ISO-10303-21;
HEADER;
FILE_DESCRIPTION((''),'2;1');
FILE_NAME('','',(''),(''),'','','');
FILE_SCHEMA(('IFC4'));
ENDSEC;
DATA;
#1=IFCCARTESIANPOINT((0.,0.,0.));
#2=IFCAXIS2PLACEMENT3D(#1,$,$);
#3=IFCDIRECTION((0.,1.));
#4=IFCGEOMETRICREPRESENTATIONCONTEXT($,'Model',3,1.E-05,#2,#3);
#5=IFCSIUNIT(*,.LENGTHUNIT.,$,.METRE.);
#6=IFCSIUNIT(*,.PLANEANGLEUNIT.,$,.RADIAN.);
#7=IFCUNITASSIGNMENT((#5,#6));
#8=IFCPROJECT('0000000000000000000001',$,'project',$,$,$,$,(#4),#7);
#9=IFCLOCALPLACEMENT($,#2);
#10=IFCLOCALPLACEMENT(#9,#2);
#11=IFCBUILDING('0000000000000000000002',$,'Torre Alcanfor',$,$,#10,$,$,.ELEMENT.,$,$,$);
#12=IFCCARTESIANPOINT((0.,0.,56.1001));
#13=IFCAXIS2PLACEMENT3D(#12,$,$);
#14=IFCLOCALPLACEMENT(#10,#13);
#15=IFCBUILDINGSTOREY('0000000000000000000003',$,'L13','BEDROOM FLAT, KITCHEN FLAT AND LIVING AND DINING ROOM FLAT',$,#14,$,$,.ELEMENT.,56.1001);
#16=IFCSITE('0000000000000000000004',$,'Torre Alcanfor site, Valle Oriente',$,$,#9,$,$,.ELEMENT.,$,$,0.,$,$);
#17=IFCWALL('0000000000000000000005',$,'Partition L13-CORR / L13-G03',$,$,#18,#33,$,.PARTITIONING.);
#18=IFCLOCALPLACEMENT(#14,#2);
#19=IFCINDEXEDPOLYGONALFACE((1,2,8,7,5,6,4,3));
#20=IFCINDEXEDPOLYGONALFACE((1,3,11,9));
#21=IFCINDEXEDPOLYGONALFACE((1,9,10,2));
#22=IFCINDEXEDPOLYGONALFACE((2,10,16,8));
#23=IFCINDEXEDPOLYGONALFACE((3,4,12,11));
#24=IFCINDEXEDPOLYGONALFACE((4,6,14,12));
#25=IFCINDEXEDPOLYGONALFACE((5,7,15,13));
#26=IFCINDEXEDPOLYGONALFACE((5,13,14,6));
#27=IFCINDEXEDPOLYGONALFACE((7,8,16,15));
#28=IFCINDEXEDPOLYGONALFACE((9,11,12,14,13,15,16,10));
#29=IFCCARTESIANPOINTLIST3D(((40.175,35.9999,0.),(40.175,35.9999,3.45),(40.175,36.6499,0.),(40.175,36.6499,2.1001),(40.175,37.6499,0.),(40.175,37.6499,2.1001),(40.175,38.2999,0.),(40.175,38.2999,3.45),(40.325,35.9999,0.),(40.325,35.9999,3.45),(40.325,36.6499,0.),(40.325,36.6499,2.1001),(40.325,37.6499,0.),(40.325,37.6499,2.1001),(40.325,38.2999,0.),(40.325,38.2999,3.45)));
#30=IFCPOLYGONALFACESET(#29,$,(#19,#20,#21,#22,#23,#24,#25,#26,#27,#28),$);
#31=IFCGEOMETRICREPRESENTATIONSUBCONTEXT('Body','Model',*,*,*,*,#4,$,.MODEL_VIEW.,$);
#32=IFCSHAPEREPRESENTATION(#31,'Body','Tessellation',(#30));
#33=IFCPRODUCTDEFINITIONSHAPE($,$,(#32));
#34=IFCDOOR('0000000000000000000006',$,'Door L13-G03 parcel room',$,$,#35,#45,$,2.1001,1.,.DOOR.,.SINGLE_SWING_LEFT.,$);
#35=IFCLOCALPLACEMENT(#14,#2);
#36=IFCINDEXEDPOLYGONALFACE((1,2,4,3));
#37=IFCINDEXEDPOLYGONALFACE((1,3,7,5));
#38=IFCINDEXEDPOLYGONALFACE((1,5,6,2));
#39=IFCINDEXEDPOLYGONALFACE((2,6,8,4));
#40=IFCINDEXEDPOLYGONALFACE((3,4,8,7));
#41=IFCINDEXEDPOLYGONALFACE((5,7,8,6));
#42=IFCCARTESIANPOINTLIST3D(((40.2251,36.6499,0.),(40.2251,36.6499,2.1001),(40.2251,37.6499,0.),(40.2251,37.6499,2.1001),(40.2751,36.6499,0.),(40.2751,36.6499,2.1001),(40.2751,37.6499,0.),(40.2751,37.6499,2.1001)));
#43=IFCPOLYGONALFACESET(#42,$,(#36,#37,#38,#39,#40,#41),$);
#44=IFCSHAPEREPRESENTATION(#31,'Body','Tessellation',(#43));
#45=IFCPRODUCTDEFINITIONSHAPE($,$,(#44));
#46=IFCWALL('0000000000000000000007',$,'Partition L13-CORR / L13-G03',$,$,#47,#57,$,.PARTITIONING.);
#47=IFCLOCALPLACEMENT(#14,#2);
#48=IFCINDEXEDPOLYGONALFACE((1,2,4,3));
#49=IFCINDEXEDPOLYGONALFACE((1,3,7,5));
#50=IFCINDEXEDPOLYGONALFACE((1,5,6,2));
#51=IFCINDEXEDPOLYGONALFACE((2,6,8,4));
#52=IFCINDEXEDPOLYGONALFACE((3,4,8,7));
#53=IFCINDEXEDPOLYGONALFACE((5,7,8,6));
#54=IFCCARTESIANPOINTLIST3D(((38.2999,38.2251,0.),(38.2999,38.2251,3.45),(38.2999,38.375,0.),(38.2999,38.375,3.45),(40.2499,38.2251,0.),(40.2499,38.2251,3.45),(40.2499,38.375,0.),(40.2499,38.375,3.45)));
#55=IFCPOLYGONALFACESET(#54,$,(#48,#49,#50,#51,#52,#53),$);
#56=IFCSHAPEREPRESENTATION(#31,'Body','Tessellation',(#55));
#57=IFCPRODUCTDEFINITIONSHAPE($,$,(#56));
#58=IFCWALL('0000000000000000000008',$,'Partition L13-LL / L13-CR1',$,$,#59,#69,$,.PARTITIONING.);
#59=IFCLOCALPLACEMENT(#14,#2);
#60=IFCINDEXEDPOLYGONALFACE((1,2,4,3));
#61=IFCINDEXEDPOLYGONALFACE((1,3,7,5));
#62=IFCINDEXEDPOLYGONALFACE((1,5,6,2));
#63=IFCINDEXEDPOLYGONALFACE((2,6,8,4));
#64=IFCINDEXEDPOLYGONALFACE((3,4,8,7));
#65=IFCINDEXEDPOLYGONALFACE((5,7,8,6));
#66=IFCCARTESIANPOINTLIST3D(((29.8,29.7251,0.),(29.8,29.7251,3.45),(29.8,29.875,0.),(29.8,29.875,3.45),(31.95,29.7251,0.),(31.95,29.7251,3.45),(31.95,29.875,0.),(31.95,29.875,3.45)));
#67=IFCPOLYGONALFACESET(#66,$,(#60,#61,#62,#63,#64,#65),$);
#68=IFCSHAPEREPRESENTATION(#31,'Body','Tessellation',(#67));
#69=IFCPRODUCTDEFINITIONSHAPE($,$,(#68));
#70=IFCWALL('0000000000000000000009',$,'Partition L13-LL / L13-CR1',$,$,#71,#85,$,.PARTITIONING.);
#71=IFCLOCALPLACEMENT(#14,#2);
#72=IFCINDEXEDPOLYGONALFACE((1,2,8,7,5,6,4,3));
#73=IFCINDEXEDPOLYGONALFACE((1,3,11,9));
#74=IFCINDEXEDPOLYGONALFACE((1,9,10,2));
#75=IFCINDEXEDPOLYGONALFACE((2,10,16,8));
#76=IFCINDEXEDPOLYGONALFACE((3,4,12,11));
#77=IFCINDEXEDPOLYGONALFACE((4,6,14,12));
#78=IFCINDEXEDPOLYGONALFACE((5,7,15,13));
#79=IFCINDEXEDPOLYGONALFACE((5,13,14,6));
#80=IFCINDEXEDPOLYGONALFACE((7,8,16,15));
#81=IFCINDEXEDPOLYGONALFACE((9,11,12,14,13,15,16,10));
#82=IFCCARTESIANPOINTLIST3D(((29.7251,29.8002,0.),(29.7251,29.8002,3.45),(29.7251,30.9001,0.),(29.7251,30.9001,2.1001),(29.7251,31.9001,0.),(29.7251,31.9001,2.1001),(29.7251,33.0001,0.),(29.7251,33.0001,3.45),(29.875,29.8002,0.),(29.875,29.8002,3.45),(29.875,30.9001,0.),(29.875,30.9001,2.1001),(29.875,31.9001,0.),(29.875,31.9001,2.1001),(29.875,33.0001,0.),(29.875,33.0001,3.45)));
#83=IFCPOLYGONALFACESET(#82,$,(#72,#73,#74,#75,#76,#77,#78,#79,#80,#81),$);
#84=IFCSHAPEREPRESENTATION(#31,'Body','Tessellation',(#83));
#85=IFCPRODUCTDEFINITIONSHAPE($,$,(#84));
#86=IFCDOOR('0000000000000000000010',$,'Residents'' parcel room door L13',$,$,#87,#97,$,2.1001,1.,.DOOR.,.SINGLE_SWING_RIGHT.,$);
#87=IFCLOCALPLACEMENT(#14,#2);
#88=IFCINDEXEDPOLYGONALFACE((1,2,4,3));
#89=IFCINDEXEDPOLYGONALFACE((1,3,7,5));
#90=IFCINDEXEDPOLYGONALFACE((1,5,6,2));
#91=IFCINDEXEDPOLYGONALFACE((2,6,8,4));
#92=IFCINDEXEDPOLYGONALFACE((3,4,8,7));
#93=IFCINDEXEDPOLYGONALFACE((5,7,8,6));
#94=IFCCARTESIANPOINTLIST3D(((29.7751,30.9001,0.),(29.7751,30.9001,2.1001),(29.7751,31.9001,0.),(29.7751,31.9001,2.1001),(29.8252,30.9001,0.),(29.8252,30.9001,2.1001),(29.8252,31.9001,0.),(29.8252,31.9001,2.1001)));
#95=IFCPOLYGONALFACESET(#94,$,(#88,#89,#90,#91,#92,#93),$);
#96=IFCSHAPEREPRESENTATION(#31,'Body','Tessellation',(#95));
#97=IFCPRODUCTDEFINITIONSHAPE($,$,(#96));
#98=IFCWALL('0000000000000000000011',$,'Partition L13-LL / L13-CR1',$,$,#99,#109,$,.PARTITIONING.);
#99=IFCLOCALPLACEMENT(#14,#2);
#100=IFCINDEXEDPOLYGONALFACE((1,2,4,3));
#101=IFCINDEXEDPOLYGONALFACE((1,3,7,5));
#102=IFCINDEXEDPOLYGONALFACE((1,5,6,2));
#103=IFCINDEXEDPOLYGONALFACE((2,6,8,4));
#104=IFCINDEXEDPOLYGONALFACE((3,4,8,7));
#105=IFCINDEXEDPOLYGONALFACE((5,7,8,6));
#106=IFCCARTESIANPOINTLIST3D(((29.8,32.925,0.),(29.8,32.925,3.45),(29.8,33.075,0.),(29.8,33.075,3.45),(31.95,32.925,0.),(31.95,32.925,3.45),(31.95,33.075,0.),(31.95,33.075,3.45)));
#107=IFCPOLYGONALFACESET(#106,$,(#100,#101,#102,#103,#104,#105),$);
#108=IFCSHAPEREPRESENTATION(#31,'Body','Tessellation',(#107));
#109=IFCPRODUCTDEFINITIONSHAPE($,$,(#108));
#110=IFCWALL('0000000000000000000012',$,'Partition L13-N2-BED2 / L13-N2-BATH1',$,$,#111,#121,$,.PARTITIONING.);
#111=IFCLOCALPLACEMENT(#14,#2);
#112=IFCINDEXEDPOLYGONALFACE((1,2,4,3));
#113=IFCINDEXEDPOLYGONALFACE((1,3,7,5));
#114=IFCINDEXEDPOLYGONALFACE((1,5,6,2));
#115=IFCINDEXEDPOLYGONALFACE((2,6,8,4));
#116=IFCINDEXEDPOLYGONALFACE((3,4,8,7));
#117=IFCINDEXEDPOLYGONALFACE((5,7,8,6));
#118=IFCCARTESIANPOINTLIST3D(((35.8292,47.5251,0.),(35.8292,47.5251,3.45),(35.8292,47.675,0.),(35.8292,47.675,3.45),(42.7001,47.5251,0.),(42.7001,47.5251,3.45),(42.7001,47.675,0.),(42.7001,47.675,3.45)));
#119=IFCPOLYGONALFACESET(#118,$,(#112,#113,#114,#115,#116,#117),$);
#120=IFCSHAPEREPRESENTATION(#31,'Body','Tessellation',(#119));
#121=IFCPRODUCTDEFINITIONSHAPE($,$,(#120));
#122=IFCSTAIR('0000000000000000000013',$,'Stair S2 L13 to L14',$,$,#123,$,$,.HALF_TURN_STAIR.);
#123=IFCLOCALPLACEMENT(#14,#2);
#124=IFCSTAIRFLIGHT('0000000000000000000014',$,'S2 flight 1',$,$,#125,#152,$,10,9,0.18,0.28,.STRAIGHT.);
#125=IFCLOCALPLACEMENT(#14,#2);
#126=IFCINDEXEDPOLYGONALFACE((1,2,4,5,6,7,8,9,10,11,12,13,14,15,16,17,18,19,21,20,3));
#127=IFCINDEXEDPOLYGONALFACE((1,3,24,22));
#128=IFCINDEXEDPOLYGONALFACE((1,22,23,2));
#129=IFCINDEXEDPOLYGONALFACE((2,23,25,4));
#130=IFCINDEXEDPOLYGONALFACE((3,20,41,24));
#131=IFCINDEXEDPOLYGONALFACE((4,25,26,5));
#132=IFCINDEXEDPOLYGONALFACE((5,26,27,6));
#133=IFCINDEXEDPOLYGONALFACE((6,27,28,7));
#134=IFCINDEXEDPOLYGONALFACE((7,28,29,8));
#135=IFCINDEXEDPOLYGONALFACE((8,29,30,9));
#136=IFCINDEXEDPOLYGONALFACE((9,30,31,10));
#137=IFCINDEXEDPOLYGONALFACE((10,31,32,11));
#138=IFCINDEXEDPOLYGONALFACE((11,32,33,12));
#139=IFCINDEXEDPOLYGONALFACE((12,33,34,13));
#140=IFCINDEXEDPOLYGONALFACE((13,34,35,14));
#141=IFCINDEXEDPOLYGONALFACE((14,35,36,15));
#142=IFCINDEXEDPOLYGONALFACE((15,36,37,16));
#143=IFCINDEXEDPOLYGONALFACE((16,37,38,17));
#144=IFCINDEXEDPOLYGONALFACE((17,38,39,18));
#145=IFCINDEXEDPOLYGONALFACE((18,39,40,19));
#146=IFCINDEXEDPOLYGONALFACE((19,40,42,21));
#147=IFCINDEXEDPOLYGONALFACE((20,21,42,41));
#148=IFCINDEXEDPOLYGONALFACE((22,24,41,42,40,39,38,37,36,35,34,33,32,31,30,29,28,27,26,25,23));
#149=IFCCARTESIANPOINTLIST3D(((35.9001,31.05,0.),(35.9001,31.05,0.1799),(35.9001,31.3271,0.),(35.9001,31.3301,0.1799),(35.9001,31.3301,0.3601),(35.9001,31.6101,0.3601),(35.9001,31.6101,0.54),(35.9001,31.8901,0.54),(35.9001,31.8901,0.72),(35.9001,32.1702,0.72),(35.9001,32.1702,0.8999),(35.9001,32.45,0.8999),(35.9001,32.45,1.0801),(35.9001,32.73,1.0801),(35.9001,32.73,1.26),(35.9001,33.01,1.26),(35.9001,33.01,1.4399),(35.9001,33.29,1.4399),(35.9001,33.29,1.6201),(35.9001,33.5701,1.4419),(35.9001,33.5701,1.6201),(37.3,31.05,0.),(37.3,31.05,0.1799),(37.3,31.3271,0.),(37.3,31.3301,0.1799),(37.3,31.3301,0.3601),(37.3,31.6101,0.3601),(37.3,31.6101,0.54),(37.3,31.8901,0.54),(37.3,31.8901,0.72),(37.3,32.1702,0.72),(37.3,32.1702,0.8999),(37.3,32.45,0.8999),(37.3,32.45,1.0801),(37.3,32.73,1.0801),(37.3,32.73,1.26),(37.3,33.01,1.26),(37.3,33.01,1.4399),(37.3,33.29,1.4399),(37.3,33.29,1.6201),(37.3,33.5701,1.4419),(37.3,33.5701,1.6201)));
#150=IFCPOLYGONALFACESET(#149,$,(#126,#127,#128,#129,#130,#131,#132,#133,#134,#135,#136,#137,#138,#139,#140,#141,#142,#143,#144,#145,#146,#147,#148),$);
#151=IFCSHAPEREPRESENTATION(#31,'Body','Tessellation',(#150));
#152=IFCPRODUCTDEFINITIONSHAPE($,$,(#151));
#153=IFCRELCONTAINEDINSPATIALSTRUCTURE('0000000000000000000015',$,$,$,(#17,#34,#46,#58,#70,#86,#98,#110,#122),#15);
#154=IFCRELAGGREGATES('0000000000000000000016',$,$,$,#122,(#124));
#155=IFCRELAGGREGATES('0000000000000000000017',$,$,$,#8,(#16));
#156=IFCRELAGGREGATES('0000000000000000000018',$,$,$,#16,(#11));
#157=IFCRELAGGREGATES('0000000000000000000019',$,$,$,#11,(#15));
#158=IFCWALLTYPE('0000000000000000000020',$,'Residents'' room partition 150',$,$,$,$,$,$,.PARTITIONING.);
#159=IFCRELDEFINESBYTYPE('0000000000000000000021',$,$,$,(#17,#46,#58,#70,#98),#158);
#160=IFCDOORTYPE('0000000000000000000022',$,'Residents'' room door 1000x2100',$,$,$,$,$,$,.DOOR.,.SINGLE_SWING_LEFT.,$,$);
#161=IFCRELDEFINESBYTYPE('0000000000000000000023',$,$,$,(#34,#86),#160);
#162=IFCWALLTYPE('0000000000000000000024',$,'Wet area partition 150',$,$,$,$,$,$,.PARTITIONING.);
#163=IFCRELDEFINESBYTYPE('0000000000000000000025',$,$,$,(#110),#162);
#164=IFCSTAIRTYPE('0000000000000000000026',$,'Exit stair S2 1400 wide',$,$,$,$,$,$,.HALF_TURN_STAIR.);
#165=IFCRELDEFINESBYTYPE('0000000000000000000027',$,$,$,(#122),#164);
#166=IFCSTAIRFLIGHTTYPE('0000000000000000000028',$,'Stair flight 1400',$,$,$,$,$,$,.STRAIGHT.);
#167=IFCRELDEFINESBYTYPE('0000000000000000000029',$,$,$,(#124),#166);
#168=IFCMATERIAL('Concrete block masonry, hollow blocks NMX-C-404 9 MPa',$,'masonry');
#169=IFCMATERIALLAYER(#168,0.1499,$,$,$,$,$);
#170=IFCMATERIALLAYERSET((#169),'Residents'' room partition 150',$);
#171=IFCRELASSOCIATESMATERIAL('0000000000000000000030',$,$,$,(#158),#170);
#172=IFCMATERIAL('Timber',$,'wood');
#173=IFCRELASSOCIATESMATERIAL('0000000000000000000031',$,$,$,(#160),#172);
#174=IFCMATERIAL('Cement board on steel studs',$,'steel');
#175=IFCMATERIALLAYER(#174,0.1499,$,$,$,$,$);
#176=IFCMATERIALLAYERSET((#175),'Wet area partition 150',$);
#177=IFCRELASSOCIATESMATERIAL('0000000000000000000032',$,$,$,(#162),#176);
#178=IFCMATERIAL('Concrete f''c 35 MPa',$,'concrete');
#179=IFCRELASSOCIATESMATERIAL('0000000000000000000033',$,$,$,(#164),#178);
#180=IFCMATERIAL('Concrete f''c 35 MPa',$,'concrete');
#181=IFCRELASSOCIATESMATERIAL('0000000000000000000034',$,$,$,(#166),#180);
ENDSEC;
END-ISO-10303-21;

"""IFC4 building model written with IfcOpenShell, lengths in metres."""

from ifc_helpers import new_model, si_unit, direction, frame, frame_2d, origin, place, context, subcontext, project, spatial, polyline, rectangle, outline, extrude, material, layer, layer_set, type_object, element, fill, aggregate, save


model = new_model("IFC4")

# Units and contexts
model_context = context("Model", 3, precision=1e-05, world=origin(), true_north=direction((0.0, 1.0)))
body_context = subcontext(model_context, "Body", "Model", "MODEL_VIEW")
ifc_project = project(units=[si_unit("LENGTHUNIT", "METRE"), si_unit("PLANEANGLEUNIT", "RADIAN")], contexts=[model_context])

# Site, building, storey
site_placement = place(None, origin())
site = spatial("IfcSite", under=ifc_project, at=site_placement, Name="Torre Alcanfor site, Valle Oriente", CompositionType="ELEMENT", RefElevation=0.0)
building_placement = place(site_placement, origin())
building = spatial("IfcBuilding", under=site, at=building_placement, Name="Torre Alcanfor", CompositionType="ELEMENT")
storey_placement = place(building_placement, frame((0.0, 0.0, 56.1001)))
storey = spatial("IfcBuildingStorey", under=building, at=storey_placement, Name="L13", Description="BEDROOM FLAT, KITCHEN FLAT AND LIVING AND DINING ROOM FLAT", CompositionType="ELEMENT", Elevation=56.1001)

# Shared definitions
ifc_material_1 = material(Name="Concrete block masonry, hollow blocks NMX-C-404 9 MPa", Category="masonry")
ifc_layer_1 = layer(ifc_material_1, 0.1499)
ifc_layer_set_1 = layer_set([ifc_layer_1], Name="Residents' room partition 150")
wall_type_1 = type_object("IfcWallType", Name="Residents' room partition 150", PredefinedType="PARTITIONING", material=ifc_layer_set_1)

# Shared definitions
ifc_material_2 = material(Name="Timber", Category="wood")
door_type_1 = type_object("IfcDoorType", Name="Residents' room door 1000x2100", OperationType="SINGLE_SWING_LEFT", PredefinedType="DOOR", material=ifc_material_2)

# Wall, opening, door
wall_1_placement = place(storey_placement, frame((40.25, 36.0, 0.0), z_axis=(0.0, 0.0, 1.0), x_axis=(0.0, 1.0, 0.0)))
wall_1 = element("IfcWall", 1, at=wall_1_placement, inside=storey, type_object=wall_type_1, Name="Partition L13-CORR / L13-G03", PredefinedType="PARTITIONING", context=body_context, shape_type="SweptSolid", body=[
    extrude(rectangle(XDim=2.3, YDim=0.1499, at=frame_2d((1.1499, 0.0))), origin(), (0.0, 0.0, 1.0), 3.45),
])
opening_1_placement = place(wall_1_placement, frame((0.6499, 0.0, 0.0)))
opening_1 = element("IfcOpeningElement", 2, at=opening_1_placement, cuts=wall_1, PredefinedType="OPENING", context=body_context, shape_type="SweptSolid", body=[
    extrude(rectangle(XDim=1.0, YDim=2.1001, at=frame_2d((0.5, 1.05))), frame((0.0, 0.085, 0.0), z_axis=(0.0, -1.0, 0.0), x_axis=(1.0, 0.0, 0.0)), (0.0, 0.0, 1.0), 0.1699),
])
door_1_placement = place(opening_1_placement, origin())
door_1 = element("IfcDoor", 3, at=door_1_placement, inside=storey, type_object=door_type_1, Name="Door L13-G03 parcel room", OperationType="SINGLE_SWING_LEFT", OverallHeight=2.1001, OverallWidth=1.0, PredefinedType="DOOR", context=body_context, shape_type="SweptSolid", body=[
    extrude(rectangle(XDim=1.0, YDim=2.1001, at=frame_2d((0.5, 1.05))), frame((0.0, 0.0249, 0.0), z_axis=(0.0, -1.0, 0.0), x_axis=(1.0, 0.0, 0.0)), (0.0, 0.0, 1.0), 0.05),
])
fill(opening_1, door_1)

# Walls
wall_2_placement = place(storey_placement, frame((40.25, 38.3, 0.0), z_axis=(0.0, 0.0, 1.0), x_axis=(-1.0, 0.0, 0.0)))
element("IfcWall", 4, at=wall_2_placement, inside=storey, type_object=wall_type_1, Name="Partition L13-CORR / L13-G03", PredefinedType="PARTITIONING", context=body_context, shape_type="SweptSolid", body=[
    extrude(rectangle(XDim=1.95, YDim=0.1499, at=frame_2d((0.9751, 0.0))), origin(), (0.0, 0.0, 1.0), 3.45),
])
wall_3_placement = place(storey_placement, frame((31.95, 29.8, 0.0), z_axis=(0.0, 0.0, 1.0), x_axis=(-1.0, 0.0, 0.0)))
element("IfcWall", 5, at=wall_3_placement, inside=storey, type_object=wall_type_1, Name="Partition L13-LL / L13-CR1", PredefinedType="PARTITIONING", context=body_context, shape_type="SweptSolid", body=[
    extrude(rectangle(XDim=2.1499, YDim=0.1499, at=frame_2d((1.075, 0.0))), origin(), (0.0, 0.0, 1.0), 3.45),
])

# Wall, opening, door
wall_4_placement = place(storey_placement, frame((29.8, 29.8, 0.0), z_axis=(0.0, 0.0, 1.0), x_axis=(0.0, 1.0, 0.0)))
wall_4 = element("IfcWall", 6, at=wall_4_placement, inside=storey, type_object=wall_type_1, Name="Partition L13-LL / L13-CR1", PredefinedType="PARTITIONING", context=body_context, shape_type="SweptSolid", body=[
    extrude(rectangle(XDim=3.2, YDim=0.1499, at=frame_2d((1.6001, 0.0))), origin(), (0.0, 0.0, 1.0), 3.45),
])
opening_2_placement = place(wall_4_placement, frame((1.1001, 0.0, 0.0)))
opening_2 = element("IfcOpeningElement", 7, at=opening_2_placement, cuts=wall_4, PredefinedType="OPENING", context=body_context, shape_type="SweptSolid", body=[
    extrude(rectangle(XDim=1.0, YDim=2.1001, at=frame_2d((0.5, 1.05))), frame((0.0, 0.085, 0.0), z_axis=(0.0, -1.0, 0.0), x_axis=(1.0, 0.0, 0.0)), (0.0, 0.0, 1.0), 0.1699),
])
door_2_placement = place(opening_2_placement, frame((1.0, 0.0, 0.0), z_axis=(0.0, 0.0, 1.0), x_axis=(-1.0, 0.0, 0.0)))
door_2 = element("IfcDoor", 8, at=door_2_placement, inside=storey, type_object=door_type_1, Name="Residents' parcel room door L13", OperationType="SINGLE_SWING_RIGHT", OverallHeight=2.1001, OverallWidth=1.0, PredefinedType="DOOR", context=body_context, shape_type="SweptSolid", body=[
    extrude(rectangle(XDim=1.0, YDim=2.1001, at=frame_2d((0.5, 1.05))), frame((0.0, 0.0251, 0.0), z_axis=(0.0, -1.0, 0.0), x_axis=(1.0, 0.0, 0.0)), (0.0, 0.0, 1.0), 0.05),
])
fill(opening_2, door_2)

# Walls
wall_5_placement = place(storey_placement, frame((29.8, 33.0, 0.0), z_axis=(0.0, 0.0, 1.0), x_axis=(1.0, 0.0, 0.0)))
element("IfcWall", 9, at=wall_5_placement, inside=storey, type_object=wall_type_1, Name="Partition L13-LL / L13-CR1", PredefinedType="PARTITIONING", context=body_context, shape_type="SweptSolid", body=[
    extrude(rectangle(XDim=2.1499, YDim=0.1499, at=frame_2d((1.075, 0.0))), origin(), (0.0, 0.0, 1.0), 3.45),
])
ifc_material_3 = material(Name="Cement board on steel studs", Category="steel")
ifc_layer_2 = layer(ifc_material_3, 0.1499)
ifc_layer_set_2 = layer_set([ifc_layer_2], Name="Wet area partition 150")
wall_type_2 = type_object("IfcWallType", Name="Wet area partition 150", PredefinedType="PARTITIONING", material=ifc_layer_set_2)
wall_6_placement = place(storey_placement, frame((35.8291, 47.6001, 0.0), z_axis=(0.0, 0.0, 1.0), x_axis=(1.0, 0.0, 0.0)))
element("IfcWall", 10, at=wall_6_placement, inside=storey, type_object=wall_type_2, Name="Partition L13-N2-BED2 / L13-N2-BATH1", PredefinedType="PARTITIONING", context=body_context, shape_type="SweptSolid", body=[
    extrude(rectangle(XDim=6.8708, YDim=0.1499, at=frame_2d((3.4355, 0.0))), origin(), (0.0, 0.0, 1.0), 3.45),
])

# Stair, stair flight
ifc_material_4 = material(Name="Concrete f'c 35 MPa", Category="concrete")
stair_type = type_object("IfcStairType", Name="Exit stair S2 1400 wide", PredefinedType="HALF_TURN_STAIR", material=ifc_material_4)
stair_placement = place(storey_placement, origin())
stair = element("IfcStair", 11, at=stair_placement, inside=storey, type_object=stair_type, Name="Stair S2 L13 to L14", PredefinedType="HALF_TURN_STAIR")
ifc_material_5 = material(Name="Concrete f'c 35 MPa", Category="concrete")
stair_flight_type = type_object("IfcStairFlightType", Name="Stair flight 1400", PredefinedType="STRAIGHT", material=ifc_material_5)
stair_flight_1_placement = place(storey_placement, frame((36.6001, 31.05, 0.0), z_axis=(0.0, 0.0, 1.0), x_axis=(0.0, 1.0, 0.0)))
stair_flight_1 = element("IfcStairFlight", 12, at=stair_flight_1_placement, type_object=stair_flight_type, Name="S2 flight 1", NumberOfRisers=10, NumberOfTreads=9, PredefinedType="STRAIGHT", RiserHeight=0.18, TreadLength=0.28, context=body_context, shape_type="SweptSolid", body=[
    extrude(outline(polyline([(0.0, 0.0), (0.0, 0.1799), (0.28, 0.1799), (0.28, 0.3601), (0.5601, 0.3601), (0.5601, 0.54), (0.8401, 0.54), (0.8401, 0.72), (1.1201, 0.72), (1.1201, 0.8999), (1.3999, 0.8999), (1.3999, 1.0801), (1.6799, 1.0801), (1.6799, 1.26), (1.96, 1.26), (1.96, 1.4399), (2.24, 1.4399), (2.24, 1.6201), (2.52, 1.6201), (2.52, 1.8), (2.52, 1.4419), (0.2771, 0.0), (0.0, 0.0)])), frame((0.0, 0.7, 0.0), z_axis=(0.0, -1.0, 0.0), x_axis=(1.0, 0.0, 0.0)), (0.0, 0.0, 1.0), 1.3999),
])
aggregate(stair, [stair_flight_1])

save(model, "model.ifc")
